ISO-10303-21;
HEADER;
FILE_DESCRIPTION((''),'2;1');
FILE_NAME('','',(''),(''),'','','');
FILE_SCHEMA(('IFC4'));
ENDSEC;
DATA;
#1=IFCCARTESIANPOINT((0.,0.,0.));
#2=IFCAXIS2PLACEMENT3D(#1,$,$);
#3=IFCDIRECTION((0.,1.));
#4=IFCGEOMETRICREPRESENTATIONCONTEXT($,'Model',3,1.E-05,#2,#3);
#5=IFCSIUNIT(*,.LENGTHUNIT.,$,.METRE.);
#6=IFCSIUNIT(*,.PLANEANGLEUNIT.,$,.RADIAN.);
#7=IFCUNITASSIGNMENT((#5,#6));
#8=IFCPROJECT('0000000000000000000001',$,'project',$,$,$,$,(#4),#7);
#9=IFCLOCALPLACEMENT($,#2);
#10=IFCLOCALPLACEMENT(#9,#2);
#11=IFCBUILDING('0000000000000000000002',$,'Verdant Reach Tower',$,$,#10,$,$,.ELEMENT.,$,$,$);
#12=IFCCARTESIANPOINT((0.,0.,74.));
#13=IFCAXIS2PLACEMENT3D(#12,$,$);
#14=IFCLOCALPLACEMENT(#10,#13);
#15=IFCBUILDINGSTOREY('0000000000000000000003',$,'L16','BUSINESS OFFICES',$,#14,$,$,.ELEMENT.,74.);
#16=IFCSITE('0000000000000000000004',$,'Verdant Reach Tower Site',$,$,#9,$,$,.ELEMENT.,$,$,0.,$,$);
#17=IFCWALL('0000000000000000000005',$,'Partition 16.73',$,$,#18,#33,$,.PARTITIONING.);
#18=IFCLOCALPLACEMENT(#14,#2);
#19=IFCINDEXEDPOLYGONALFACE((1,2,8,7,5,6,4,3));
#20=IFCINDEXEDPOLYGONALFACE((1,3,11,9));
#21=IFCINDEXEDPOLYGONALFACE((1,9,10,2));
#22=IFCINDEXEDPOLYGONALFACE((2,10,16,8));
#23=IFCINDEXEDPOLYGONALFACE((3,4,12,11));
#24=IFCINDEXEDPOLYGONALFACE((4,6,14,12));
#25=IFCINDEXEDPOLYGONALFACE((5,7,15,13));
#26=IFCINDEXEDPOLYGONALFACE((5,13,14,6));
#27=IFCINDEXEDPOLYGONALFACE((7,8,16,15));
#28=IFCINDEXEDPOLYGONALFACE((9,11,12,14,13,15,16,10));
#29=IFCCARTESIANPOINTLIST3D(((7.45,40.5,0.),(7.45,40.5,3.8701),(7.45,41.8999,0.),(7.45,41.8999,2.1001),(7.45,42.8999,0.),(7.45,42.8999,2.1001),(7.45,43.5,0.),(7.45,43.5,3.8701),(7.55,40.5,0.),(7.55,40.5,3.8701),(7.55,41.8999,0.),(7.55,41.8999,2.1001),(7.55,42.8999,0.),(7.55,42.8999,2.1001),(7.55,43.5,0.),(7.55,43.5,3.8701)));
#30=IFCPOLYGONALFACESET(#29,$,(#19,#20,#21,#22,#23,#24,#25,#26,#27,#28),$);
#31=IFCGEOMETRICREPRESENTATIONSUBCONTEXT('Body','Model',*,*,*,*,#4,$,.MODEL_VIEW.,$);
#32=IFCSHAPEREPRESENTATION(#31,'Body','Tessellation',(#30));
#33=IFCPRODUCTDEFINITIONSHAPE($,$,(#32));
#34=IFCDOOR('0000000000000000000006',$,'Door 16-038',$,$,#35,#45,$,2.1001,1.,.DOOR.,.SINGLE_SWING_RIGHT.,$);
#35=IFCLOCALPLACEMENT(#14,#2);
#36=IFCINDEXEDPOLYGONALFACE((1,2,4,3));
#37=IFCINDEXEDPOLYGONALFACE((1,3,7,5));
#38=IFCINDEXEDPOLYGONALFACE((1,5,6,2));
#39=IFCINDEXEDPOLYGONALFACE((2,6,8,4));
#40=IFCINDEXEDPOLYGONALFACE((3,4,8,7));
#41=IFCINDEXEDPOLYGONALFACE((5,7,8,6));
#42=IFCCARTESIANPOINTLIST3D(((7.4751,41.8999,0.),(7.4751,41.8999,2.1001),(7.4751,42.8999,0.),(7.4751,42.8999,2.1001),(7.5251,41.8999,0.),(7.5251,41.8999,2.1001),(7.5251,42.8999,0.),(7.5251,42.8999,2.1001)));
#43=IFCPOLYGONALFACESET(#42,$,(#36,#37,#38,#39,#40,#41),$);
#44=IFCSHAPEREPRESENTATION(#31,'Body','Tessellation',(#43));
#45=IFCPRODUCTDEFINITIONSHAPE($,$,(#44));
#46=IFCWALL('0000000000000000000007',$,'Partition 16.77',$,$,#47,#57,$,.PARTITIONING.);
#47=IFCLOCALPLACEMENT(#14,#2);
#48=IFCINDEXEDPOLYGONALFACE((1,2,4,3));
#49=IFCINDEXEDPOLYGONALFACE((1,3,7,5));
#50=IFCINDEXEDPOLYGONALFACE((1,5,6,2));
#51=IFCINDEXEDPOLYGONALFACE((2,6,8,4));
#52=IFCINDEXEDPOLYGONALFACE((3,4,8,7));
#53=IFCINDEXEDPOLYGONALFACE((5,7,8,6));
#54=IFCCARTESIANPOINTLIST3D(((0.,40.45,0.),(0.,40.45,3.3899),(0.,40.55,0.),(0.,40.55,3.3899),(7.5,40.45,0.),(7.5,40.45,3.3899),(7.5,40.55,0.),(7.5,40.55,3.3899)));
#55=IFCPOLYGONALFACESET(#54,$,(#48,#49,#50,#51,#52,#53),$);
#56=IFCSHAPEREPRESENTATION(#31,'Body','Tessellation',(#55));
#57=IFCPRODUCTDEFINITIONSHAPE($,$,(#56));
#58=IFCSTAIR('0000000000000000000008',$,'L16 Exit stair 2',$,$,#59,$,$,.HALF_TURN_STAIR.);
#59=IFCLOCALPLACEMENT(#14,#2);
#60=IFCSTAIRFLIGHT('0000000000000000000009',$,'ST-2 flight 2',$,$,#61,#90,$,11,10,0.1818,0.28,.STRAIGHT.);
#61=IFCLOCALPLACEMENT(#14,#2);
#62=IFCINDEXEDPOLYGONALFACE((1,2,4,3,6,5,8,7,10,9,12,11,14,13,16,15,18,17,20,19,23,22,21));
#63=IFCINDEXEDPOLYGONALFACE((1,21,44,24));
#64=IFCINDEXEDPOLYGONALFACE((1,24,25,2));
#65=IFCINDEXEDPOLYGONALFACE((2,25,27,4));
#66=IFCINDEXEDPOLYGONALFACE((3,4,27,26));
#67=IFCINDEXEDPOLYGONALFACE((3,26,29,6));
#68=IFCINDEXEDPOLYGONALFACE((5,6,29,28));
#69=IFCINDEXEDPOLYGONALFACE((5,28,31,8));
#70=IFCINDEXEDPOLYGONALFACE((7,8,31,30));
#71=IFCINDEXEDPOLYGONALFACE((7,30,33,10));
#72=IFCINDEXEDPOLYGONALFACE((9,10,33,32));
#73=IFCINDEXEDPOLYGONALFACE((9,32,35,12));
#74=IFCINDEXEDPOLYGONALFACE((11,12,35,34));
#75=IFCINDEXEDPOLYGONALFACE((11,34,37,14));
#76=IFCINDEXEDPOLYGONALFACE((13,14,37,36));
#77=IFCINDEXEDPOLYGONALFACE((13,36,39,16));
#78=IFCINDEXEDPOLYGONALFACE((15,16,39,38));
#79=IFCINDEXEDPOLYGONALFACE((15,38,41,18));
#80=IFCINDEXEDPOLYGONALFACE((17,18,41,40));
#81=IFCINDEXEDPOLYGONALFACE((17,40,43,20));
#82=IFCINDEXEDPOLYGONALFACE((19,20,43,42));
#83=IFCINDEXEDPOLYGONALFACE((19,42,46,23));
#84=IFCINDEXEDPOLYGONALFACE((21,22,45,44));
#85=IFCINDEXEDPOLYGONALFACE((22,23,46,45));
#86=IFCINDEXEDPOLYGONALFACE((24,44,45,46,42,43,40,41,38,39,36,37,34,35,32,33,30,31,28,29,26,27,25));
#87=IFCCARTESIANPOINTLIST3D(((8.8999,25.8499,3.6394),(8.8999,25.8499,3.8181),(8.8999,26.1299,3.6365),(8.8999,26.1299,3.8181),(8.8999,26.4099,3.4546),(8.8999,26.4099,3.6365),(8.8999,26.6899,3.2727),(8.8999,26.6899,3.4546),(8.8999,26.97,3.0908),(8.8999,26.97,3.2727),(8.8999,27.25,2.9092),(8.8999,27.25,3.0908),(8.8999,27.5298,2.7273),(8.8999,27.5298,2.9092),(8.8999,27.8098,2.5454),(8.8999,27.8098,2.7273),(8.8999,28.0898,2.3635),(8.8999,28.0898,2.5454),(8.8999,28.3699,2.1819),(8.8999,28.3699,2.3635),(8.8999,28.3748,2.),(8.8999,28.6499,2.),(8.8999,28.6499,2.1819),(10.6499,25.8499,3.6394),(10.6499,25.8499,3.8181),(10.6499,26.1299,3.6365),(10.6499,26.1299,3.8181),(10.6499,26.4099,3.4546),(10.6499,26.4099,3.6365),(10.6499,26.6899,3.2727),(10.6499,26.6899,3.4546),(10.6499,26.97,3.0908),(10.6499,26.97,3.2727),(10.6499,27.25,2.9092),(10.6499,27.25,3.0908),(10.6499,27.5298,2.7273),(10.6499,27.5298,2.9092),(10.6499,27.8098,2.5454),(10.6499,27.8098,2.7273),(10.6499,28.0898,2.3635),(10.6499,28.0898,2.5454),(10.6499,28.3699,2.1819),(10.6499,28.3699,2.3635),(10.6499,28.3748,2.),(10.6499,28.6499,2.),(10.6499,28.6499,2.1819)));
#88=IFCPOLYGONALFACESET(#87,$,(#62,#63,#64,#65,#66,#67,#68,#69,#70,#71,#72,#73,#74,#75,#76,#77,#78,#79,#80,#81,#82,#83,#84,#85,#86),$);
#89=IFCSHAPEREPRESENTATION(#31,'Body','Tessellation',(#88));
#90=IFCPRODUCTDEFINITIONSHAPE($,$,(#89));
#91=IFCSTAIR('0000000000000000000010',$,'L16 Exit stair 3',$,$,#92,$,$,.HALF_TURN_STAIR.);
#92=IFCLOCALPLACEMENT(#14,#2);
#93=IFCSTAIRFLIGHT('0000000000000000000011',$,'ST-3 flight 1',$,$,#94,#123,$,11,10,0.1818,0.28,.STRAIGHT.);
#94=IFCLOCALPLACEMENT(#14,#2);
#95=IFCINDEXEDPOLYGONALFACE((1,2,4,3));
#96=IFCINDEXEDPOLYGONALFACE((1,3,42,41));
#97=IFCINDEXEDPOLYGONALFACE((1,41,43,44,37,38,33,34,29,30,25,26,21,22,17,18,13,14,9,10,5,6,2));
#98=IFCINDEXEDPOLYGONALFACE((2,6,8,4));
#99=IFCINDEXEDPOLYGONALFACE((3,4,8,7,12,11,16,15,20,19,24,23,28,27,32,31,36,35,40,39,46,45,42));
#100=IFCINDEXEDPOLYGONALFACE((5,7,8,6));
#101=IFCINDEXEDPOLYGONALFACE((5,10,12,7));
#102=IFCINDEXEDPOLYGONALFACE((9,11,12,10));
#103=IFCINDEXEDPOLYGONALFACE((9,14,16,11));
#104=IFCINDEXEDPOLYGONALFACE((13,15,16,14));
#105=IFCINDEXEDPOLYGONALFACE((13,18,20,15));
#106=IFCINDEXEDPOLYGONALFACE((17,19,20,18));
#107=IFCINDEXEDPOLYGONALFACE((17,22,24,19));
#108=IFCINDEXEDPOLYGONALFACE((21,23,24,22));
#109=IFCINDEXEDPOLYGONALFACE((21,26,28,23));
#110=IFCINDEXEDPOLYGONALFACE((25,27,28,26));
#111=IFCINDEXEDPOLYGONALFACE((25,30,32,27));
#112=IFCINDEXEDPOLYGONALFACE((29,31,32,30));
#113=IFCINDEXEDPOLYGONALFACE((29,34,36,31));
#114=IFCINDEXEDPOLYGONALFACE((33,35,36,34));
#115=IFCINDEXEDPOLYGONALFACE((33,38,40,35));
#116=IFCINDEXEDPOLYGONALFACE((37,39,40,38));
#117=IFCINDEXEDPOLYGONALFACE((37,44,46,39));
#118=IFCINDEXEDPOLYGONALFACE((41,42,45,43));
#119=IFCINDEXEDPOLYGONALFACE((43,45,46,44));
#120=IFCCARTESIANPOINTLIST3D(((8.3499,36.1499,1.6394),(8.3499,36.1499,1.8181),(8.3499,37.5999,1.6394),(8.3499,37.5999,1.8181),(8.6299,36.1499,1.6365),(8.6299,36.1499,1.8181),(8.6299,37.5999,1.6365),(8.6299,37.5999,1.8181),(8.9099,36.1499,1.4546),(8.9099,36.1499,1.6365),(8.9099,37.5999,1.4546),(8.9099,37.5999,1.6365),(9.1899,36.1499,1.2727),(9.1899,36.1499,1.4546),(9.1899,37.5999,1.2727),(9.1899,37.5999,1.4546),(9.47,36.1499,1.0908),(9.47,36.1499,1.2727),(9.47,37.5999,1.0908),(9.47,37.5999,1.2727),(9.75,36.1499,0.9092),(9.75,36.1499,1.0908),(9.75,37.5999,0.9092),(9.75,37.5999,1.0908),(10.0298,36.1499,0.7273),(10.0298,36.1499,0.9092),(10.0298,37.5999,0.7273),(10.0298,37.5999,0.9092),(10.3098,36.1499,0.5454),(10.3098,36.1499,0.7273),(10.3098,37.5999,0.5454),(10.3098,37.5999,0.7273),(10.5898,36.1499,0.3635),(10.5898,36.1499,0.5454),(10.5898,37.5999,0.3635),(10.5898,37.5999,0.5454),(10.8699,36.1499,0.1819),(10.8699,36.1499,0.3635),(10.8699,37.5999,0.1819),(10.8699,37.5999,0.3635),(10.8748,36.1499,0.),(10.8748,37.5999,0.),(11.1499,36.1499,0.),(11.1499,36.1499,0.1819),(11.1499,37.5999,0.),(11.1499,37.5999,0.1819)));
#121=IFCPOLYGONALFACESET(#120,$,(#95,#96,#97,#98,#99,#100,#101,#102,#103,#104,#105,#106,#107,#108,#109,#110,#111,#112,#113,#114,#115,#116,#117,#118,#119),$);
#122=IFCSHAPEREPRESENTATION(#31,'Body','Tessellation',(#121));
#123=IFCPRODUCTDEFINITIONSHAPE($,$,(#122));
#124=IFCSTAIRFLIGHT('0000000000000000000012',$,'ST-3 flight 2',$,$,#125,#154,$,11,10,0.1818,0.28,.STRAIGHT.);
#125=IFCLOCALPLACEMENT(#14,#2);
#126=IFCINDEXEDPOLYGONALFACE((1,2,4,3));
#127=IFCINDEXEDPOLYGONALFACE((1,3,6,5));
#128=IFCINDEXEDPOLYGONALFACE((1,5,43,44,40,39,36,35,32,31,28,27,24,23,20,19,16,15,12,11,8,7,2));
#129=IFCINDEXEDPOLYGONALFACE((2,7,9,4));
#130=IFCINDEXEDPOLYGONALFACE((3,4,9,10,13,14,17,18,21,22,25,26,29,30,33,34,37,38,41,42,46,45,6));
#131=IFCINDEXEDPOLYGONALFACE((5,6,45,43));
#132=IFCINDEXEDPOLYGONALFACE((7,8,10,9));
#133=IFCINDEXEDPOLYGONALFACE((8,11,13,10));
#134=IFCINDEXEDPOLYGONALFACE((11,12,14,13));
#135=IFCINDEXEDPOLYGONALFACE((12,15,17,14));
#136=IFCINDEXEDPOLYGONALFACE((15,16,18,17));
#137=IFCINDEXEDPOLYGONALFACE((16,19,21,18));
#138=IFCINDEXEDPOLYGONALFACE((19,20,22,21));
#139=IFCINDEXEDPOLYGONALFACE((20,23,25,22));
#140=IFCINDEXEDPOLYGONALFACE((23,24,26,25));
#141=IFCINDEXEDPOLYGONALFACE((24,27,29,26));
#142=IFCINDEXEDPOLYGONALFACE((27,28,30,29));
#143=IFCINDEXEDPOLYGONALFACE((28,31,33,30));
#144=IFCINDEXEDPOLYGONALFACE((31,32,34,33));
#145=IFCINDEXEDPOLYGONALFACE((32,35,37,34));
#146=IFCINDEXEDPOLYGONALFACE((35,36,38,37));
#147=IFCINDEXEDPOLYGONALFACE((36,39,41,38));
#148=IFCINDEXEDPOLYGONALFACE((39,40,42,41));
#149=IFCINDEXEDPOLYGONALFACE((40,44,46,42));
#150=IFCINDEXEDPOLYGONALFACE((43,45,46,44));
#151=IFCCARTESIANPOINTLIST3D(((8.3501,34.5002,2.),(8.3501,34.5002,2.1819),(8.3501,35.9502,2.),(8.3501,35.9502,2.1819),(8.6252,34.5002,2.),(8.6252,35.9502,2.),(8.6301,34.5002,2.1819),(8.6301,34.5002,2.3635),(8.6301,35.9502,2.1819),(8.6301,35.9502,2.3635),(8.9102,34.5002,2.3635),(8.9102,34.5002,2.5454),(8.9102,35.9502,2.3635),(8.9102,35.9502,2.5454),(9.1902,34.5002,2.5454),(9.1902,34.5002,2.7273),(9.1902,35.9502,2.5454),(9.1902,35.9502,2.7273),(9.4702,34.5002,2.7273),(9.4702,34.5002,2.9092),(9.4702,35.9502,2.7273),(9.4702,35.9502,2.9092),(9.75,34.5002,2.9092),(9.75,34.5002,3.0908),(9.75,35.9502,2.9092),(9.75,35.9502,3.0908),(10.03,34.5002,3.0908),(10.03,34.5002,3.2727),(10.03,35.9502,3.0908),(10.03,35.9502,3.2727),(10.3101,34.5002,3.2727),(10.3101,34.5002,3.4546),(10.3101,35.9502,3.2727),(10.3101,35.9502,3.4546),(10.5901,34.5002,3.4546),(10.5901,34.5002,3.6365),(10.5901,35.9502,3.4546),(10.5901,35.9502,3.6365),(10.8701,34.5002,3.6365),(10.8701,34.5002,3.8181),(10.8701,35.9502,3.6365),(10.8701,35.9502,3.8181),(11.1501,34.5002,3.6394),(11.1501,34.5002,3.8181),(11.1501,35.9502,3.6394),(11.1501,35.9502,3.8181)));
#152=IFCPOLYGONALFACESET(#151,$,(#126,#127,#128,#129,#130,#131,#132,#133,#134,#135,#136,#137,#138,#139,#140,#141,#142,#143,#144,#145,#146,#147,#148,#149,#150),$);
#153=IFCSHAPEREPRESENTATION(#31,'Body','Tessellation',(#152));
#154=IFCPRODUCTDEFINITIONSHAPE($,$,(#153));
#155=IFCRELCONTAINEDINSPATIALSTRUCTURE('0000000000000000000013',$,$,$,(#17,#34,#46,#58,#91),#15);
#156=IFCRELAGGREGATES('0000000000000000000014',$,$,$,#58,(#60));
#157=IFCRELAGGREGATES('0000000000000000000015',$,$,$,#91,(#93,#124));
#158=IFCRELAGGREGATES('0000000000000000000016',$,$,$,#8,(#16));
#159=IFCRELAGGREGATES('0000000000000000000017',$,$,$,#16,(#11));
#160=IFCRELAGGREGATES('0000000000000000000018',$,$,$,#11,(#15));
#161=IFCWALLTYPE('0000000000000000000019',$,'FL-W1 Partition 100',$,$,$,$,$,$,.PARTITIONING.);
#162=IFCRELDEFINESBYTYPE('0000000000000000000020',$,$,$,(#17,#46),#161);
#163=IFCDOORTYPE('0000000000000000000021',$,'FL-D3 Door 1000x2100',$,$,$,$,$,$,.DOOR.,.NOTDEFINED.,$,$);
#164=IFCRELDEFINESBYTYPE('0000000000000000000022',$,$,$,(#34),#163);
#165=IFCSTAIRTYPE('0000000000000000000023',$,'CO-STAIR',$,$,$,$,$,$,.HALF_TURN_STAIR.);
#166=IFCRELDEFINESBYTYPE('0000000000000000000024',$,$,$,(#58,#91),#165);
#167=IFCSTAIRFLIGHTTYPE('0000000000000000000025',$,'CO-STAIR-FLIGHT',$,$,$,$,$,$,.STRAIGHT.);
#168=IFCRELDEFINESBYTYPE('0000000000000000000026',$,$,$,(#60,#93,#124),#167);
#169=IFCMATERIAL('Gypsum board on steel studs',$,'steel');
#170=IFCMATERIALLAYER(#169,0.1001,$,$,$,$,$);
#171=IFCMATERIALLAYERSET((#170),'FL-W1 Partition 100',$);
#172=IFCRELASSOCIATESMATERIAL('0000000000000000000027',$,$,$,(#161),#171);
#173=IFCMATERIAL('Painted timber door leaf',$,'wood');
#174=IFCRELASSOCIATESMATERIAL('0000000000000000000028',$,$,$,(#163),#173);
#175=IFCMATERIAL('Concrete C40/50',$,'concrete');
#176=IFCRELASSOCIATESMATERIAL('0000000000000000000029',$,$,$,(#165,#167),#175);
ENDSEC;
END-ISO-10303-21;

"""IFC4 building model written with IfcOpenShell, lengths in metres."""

from ifc_helpers import new_model, si_unit, direction, frame, frame_2d, origin, place, context, subcontext, project, spatial, polyline, rectangle, outline, extrude, material, layer, layer_set, type_object, element, fill, aggregate, save


model = new_model("IFC4")

# Units and contexts
model_context = context("Model", 3, precision=1e-05, world=origin(), true_north=direction((0.0, 1.0)))
body_context = subcontext(model_context, "Body", "Model", "MODEL_VIEW")
ifc_project = project(units=[si_unit("LENGTHUNIT", "METRE"), si_unit("PLANEANGLEUNIT", "RADIAN")], contexts=[model_context])

# Site, building, storey
site_placement = place(None, origin())
site = spatial("IfcSite", under=ifc_project, at=site_placement, Name="Verdant Reach Tower Site", CompositionType="ELEMENT", RefElevation=0.0)
building_placement = place(site_placement, origin())
building = spatial("IfcBuilding", under=site, at=building_placement, Name="Verdant Reach Tower", CompositionType="ELEMENT")
storey_placement = place(building_placement, frame((0.0, 0.0, 74.0)))
storey = spatial("IfcBuildingStorey", under=building, at=storey_placement, Name="L16", Description="BUSINESS OFFICES", CompositionType="ELEMENT", Elevation=74.0)

# Shared definitions
ifc_material_1 = material(Name="Concrete C40/50", Category="concrete")

# Shared definitions
ifc_material_2 = material(Name="Gypsum board on steel studs", Category="steel")
ifc_layer_1 = layer(ifc_material_2, 0.1001)
ifc_layer_set_1 = layer_set([ifc_layer_1], Name="FL-W1 Partition 100")
wall_type_1 = type_object("IfcWallType", Name="FL-W1 Partition 100", PredefinedType="PARTITIONING", material=ifc_layer_set_1)

# Wall, opening, door
ifc_material_3 = material(Name="Painted timber door leaf", Category="wood")
door_type_1 = type_object("IfcDoorType", Name="FL-D3 Door 1000x2100", OperationType="NOTDEFINED", PredefinedType="DOOR", material=ifc_material_3)
wall_1_placement = place(storey_placement, frame((7.5, 40.5, 0.0), z_axis=(0.0, 0.0, 1.0), x_axis=(0.0, 1.0, 0.0)))
wall_1 = element("IfcWall", 1, at=wall_1_placement, inside=storey, type_object=wall_type_1, Name="Partition 16.73", PredefinedType="PARTITIONING", context=body_context, shape_type="SweptSolid", body=[
    extrude(rectangle(XDim=3.0, YDim=0.1001, at=frame_2d((1.5, 0.0))), origin(), (0.0, 0.0, 1.0), 3.8701),
])
opening_1_placement = place(wall_1_placement, frame((1.3999, 0.0, 0.0)))
opening_1 = element("IfcOpeningElement", 2, at=opening_1_placement, cuts=wall_1, PredefinedType="OPENING", context=body_context, shape_type="SweptSolid", body=[
    extrude(rectangle(XDim=1.0, YDim=2.1001, at=frame_2d((0.5, 1.05))), frame((0.0, 0.0601, 0.0), z_axis=(0.0, -1.0, 0.0), x_axis=(1.0, 0.0, 0.0)), (0.0, 0.0, 1.0), 0.1201),
])
door_1_placement = place(opening_1_placement, origin())
door_1 = element("IfcDoor", 3, at=door_1_placement, inside=storey, type_object=door_type_1, Name="Door 16-038", OperationType="SINGLE_SWING_RIGHT", OverallHeight=2.1001, OverallWidth=1.0, PredefinedType="DOOR", context=body_context, shape_type="SweptSolid", body=[
    extrude(rectangle(XDim=1.0, YDim=2.1001, at=frame_2d((0.5, 1.05))), frame((0.0, 0.0249, 0.0), z_axis=(0.0, -1.0, 0.0), x_axis=(1.0, 0.0, 0.0)), (0.0, 0.0, 1.0), 0.05),
])
fill(opening_1, door_1)

# Wall
wall_2_placement = place(storey_placement, frame((7.5, 40.5, 0.0), z_axis=(0.0, 0.0, 1.0), x_axis=(-1.0, 0.0, 0.0)))
element("IfcWall", 4, at=wall_2_placement, inside=storey, type_object=wall_type_1, Name="Partition 16.77", PredefinedType="PARTITIONING", context=body_context, shape_type="SweptSolid", body=[
    extrude(rectangle(XDim=7.5, YDim=0.1001, at=frame_2d((3.75, 0.0))), origin(), (0.0, 0.0, 1.0), 3.3899),
])

# Stair, stair flight
stair_type = type_object("IfcStairType", Name="CO-STAIR", PredefinedType="HALF_TURN_STAIR", material=ifc_material_1)
stair_1_placement = place(storey_placement, origin())
stair_1 = element("IfcStair", 5, at=stair_1_placement, inside=storey, type_object=stair_type, Name="L16 Exit stair 2", PredefinedType="HALF_TURN_STAIR")
stair_flight_type = type_object("IfcStairFlightType", Name="CO-STAIR-FLIGHT", PredefinedType="STRAIGHT", material=ifc_material_1)
stair_flight_1_placement = place(storey_placement, frame((9.7749, 28.6499, 2.0), z_axis=(0.0, 0.0, 1.0), x_axis=(0.0, -1.0, 0.0)))
stair_flight_1 = element("IfcStairFlight", 6, at=stair_flight_1_placement, type_object=stair_flight_type, Name="ST-2 flight 2", NumberOfRisers=11, NumberOfTreads=10, PredefinedType="STRAIGHT", RiserHeight=0.1818, TreadLength=0.28, context=body_context, shape_type="SweptSolid", body=[
    extrude(outline(polyline([(0.0, 0.0), (0.0, 0.1819), (0.28, 0.1819), (0.28, 0.3635), (0.5601, 0.3635), (0.5601, 0.5454), (0.8401, 0.5454), (0.8401, 0.7273), (1.1201, 0.7273), (1.1201, 0.9092), (1.3999, 0.9092), (1.3999, 1.0908), (1.6799, 1.0908), (1.6799, 1.2727), (1.96, 1.2727), (1.96, 1.4546), (2.24, 1.4546), (2.24, 1.6365), (2.52, 1.6365), (2.52, 1.8181), (2.8, 1.8181), (2.8, 2.0), (2.8, 1.6394), (0.2751, 0.0), (0.0, 0.0)])), frame((0.0, 0.875, 0.0), z_axis=(0.0, -1.0, 0.0), x_axis=(1.0, 0.0, 0.0)), (0.0, 0.0, 1.0), 1.75),
])
aggregate(stair_1, [stair_flight_1])

# Stair, stair flights
stair_2_placement = place(storey_placement, origin())
stair_2 = element("IfcStair", 7, at=stair_2_placement, inside=storey, type_object=stair_type, Name="L16 Exit stair 3", PredefinedType="HALF_TURN_STAIR")
stair_flight_2_placement = place(storey_placement, frame((11.1499, 36.875, 0.0), z_axis=(0.0, 0.0, 1.0), x_axis=(-1.0, 0.0, 0.0)))
stair_flight_2 = element("IfcStairFlight", 8, at=stair_flight_2_placement, type_object=stair_flight_type, Name="ST-3 flight 1", NumberOfRisers=11, NumberOfTreads=10, PredefinedType="STRAIGHT", RiserHeight=0.1818, TreadLength=0.28, context=body_context, shape_type="SweptSolid", body=[
    extrude(outline(polyline([(0.0, 0.0), (0.0, 0.1819), (0.28, 0.1819), (0.28, 0.3635), (0.5601, 0.3635), (0.5601, 0.5454), (0.8401, 0.5454), (0.8401, 0.7273), (1.1201, 0.7273), (1.1201, 0.9092), (1.3999, 0.9092), (1.3999, 1.0908), (1.6799, 1.0908), (1.6799, 1.2727), (1.96, 1.2727), (1.96, 1.4546), (2.24, 1.4546), (2.24, 1.6365), (2.52, 1.6365), (2.52, 1.8181), (2.8, 1.8181), (2.8, 2.0), (2.8, 1.6394), (0.2751, 0.0), (0.0, 0.0)])), frame((0.0, 0.7251, 0.0), z_axis=(0.0, -1.0, 0.0), x_axis=(1.0, 0.0, 0.0)), (0.0, 0.0, 1.0), 1.45),
])
stair_flight_3_placement = place(storey_placement, frame((8.3501, 35.2251, 2.0), z_axis=(0.0, 0.0, 1.0), x_axis=(1.0, 0.0, 0.0)))
stair_flight_3 = element("IfcStairFlight", 9, at=stair_flight_3_placement, type_object=stair_flight_type, Name="ST-3 flight 2", NumberOfRisers=11, NumberOfTreads=10, PredefinedType="STRAIGHT", RiserHeight=0.1818, TreadLength=0.28, context=body_context, shape_type="SweptSolid", body=[
    extrude(outline(polyline([(0.0, 0.0), (0.0, 0.1819), (0.28, 0.1819), (0.28, 0.3635), (0.5601, 0.3635), (0.5601, 0.5454), (0.8401, 0.5454), (0.8401, 0.7273), (1.1201, 0.7273), (1.1201, 0.9092), (1.3999, 0.9092), (1.3999, 1.0908), (1.6799, 1.0908), (1.6799, 1.2727), (1.96, 1.2727), (1.96, 1.4546), (2.24, 1.4546), (2.24, 1.6365), (2.52, 1.6365), (2.52, 1.8181), (2.8, 1.8181), (2.8, 2.0), (2.8, 1.6394), (0.2751, 0.0), (0.0, 0.0)])), frame((0.0, 0.7251, 0.0), z_axis=(0.0, -1.0, 0.0), x_axis=(1.0, 0.0, 0.0)), (0.0, 0.0, 1.0), 1.45),
])
aggregate(stair_2, [stair_flight_2, stair_flight_3])

save(model, "model.ifc")
